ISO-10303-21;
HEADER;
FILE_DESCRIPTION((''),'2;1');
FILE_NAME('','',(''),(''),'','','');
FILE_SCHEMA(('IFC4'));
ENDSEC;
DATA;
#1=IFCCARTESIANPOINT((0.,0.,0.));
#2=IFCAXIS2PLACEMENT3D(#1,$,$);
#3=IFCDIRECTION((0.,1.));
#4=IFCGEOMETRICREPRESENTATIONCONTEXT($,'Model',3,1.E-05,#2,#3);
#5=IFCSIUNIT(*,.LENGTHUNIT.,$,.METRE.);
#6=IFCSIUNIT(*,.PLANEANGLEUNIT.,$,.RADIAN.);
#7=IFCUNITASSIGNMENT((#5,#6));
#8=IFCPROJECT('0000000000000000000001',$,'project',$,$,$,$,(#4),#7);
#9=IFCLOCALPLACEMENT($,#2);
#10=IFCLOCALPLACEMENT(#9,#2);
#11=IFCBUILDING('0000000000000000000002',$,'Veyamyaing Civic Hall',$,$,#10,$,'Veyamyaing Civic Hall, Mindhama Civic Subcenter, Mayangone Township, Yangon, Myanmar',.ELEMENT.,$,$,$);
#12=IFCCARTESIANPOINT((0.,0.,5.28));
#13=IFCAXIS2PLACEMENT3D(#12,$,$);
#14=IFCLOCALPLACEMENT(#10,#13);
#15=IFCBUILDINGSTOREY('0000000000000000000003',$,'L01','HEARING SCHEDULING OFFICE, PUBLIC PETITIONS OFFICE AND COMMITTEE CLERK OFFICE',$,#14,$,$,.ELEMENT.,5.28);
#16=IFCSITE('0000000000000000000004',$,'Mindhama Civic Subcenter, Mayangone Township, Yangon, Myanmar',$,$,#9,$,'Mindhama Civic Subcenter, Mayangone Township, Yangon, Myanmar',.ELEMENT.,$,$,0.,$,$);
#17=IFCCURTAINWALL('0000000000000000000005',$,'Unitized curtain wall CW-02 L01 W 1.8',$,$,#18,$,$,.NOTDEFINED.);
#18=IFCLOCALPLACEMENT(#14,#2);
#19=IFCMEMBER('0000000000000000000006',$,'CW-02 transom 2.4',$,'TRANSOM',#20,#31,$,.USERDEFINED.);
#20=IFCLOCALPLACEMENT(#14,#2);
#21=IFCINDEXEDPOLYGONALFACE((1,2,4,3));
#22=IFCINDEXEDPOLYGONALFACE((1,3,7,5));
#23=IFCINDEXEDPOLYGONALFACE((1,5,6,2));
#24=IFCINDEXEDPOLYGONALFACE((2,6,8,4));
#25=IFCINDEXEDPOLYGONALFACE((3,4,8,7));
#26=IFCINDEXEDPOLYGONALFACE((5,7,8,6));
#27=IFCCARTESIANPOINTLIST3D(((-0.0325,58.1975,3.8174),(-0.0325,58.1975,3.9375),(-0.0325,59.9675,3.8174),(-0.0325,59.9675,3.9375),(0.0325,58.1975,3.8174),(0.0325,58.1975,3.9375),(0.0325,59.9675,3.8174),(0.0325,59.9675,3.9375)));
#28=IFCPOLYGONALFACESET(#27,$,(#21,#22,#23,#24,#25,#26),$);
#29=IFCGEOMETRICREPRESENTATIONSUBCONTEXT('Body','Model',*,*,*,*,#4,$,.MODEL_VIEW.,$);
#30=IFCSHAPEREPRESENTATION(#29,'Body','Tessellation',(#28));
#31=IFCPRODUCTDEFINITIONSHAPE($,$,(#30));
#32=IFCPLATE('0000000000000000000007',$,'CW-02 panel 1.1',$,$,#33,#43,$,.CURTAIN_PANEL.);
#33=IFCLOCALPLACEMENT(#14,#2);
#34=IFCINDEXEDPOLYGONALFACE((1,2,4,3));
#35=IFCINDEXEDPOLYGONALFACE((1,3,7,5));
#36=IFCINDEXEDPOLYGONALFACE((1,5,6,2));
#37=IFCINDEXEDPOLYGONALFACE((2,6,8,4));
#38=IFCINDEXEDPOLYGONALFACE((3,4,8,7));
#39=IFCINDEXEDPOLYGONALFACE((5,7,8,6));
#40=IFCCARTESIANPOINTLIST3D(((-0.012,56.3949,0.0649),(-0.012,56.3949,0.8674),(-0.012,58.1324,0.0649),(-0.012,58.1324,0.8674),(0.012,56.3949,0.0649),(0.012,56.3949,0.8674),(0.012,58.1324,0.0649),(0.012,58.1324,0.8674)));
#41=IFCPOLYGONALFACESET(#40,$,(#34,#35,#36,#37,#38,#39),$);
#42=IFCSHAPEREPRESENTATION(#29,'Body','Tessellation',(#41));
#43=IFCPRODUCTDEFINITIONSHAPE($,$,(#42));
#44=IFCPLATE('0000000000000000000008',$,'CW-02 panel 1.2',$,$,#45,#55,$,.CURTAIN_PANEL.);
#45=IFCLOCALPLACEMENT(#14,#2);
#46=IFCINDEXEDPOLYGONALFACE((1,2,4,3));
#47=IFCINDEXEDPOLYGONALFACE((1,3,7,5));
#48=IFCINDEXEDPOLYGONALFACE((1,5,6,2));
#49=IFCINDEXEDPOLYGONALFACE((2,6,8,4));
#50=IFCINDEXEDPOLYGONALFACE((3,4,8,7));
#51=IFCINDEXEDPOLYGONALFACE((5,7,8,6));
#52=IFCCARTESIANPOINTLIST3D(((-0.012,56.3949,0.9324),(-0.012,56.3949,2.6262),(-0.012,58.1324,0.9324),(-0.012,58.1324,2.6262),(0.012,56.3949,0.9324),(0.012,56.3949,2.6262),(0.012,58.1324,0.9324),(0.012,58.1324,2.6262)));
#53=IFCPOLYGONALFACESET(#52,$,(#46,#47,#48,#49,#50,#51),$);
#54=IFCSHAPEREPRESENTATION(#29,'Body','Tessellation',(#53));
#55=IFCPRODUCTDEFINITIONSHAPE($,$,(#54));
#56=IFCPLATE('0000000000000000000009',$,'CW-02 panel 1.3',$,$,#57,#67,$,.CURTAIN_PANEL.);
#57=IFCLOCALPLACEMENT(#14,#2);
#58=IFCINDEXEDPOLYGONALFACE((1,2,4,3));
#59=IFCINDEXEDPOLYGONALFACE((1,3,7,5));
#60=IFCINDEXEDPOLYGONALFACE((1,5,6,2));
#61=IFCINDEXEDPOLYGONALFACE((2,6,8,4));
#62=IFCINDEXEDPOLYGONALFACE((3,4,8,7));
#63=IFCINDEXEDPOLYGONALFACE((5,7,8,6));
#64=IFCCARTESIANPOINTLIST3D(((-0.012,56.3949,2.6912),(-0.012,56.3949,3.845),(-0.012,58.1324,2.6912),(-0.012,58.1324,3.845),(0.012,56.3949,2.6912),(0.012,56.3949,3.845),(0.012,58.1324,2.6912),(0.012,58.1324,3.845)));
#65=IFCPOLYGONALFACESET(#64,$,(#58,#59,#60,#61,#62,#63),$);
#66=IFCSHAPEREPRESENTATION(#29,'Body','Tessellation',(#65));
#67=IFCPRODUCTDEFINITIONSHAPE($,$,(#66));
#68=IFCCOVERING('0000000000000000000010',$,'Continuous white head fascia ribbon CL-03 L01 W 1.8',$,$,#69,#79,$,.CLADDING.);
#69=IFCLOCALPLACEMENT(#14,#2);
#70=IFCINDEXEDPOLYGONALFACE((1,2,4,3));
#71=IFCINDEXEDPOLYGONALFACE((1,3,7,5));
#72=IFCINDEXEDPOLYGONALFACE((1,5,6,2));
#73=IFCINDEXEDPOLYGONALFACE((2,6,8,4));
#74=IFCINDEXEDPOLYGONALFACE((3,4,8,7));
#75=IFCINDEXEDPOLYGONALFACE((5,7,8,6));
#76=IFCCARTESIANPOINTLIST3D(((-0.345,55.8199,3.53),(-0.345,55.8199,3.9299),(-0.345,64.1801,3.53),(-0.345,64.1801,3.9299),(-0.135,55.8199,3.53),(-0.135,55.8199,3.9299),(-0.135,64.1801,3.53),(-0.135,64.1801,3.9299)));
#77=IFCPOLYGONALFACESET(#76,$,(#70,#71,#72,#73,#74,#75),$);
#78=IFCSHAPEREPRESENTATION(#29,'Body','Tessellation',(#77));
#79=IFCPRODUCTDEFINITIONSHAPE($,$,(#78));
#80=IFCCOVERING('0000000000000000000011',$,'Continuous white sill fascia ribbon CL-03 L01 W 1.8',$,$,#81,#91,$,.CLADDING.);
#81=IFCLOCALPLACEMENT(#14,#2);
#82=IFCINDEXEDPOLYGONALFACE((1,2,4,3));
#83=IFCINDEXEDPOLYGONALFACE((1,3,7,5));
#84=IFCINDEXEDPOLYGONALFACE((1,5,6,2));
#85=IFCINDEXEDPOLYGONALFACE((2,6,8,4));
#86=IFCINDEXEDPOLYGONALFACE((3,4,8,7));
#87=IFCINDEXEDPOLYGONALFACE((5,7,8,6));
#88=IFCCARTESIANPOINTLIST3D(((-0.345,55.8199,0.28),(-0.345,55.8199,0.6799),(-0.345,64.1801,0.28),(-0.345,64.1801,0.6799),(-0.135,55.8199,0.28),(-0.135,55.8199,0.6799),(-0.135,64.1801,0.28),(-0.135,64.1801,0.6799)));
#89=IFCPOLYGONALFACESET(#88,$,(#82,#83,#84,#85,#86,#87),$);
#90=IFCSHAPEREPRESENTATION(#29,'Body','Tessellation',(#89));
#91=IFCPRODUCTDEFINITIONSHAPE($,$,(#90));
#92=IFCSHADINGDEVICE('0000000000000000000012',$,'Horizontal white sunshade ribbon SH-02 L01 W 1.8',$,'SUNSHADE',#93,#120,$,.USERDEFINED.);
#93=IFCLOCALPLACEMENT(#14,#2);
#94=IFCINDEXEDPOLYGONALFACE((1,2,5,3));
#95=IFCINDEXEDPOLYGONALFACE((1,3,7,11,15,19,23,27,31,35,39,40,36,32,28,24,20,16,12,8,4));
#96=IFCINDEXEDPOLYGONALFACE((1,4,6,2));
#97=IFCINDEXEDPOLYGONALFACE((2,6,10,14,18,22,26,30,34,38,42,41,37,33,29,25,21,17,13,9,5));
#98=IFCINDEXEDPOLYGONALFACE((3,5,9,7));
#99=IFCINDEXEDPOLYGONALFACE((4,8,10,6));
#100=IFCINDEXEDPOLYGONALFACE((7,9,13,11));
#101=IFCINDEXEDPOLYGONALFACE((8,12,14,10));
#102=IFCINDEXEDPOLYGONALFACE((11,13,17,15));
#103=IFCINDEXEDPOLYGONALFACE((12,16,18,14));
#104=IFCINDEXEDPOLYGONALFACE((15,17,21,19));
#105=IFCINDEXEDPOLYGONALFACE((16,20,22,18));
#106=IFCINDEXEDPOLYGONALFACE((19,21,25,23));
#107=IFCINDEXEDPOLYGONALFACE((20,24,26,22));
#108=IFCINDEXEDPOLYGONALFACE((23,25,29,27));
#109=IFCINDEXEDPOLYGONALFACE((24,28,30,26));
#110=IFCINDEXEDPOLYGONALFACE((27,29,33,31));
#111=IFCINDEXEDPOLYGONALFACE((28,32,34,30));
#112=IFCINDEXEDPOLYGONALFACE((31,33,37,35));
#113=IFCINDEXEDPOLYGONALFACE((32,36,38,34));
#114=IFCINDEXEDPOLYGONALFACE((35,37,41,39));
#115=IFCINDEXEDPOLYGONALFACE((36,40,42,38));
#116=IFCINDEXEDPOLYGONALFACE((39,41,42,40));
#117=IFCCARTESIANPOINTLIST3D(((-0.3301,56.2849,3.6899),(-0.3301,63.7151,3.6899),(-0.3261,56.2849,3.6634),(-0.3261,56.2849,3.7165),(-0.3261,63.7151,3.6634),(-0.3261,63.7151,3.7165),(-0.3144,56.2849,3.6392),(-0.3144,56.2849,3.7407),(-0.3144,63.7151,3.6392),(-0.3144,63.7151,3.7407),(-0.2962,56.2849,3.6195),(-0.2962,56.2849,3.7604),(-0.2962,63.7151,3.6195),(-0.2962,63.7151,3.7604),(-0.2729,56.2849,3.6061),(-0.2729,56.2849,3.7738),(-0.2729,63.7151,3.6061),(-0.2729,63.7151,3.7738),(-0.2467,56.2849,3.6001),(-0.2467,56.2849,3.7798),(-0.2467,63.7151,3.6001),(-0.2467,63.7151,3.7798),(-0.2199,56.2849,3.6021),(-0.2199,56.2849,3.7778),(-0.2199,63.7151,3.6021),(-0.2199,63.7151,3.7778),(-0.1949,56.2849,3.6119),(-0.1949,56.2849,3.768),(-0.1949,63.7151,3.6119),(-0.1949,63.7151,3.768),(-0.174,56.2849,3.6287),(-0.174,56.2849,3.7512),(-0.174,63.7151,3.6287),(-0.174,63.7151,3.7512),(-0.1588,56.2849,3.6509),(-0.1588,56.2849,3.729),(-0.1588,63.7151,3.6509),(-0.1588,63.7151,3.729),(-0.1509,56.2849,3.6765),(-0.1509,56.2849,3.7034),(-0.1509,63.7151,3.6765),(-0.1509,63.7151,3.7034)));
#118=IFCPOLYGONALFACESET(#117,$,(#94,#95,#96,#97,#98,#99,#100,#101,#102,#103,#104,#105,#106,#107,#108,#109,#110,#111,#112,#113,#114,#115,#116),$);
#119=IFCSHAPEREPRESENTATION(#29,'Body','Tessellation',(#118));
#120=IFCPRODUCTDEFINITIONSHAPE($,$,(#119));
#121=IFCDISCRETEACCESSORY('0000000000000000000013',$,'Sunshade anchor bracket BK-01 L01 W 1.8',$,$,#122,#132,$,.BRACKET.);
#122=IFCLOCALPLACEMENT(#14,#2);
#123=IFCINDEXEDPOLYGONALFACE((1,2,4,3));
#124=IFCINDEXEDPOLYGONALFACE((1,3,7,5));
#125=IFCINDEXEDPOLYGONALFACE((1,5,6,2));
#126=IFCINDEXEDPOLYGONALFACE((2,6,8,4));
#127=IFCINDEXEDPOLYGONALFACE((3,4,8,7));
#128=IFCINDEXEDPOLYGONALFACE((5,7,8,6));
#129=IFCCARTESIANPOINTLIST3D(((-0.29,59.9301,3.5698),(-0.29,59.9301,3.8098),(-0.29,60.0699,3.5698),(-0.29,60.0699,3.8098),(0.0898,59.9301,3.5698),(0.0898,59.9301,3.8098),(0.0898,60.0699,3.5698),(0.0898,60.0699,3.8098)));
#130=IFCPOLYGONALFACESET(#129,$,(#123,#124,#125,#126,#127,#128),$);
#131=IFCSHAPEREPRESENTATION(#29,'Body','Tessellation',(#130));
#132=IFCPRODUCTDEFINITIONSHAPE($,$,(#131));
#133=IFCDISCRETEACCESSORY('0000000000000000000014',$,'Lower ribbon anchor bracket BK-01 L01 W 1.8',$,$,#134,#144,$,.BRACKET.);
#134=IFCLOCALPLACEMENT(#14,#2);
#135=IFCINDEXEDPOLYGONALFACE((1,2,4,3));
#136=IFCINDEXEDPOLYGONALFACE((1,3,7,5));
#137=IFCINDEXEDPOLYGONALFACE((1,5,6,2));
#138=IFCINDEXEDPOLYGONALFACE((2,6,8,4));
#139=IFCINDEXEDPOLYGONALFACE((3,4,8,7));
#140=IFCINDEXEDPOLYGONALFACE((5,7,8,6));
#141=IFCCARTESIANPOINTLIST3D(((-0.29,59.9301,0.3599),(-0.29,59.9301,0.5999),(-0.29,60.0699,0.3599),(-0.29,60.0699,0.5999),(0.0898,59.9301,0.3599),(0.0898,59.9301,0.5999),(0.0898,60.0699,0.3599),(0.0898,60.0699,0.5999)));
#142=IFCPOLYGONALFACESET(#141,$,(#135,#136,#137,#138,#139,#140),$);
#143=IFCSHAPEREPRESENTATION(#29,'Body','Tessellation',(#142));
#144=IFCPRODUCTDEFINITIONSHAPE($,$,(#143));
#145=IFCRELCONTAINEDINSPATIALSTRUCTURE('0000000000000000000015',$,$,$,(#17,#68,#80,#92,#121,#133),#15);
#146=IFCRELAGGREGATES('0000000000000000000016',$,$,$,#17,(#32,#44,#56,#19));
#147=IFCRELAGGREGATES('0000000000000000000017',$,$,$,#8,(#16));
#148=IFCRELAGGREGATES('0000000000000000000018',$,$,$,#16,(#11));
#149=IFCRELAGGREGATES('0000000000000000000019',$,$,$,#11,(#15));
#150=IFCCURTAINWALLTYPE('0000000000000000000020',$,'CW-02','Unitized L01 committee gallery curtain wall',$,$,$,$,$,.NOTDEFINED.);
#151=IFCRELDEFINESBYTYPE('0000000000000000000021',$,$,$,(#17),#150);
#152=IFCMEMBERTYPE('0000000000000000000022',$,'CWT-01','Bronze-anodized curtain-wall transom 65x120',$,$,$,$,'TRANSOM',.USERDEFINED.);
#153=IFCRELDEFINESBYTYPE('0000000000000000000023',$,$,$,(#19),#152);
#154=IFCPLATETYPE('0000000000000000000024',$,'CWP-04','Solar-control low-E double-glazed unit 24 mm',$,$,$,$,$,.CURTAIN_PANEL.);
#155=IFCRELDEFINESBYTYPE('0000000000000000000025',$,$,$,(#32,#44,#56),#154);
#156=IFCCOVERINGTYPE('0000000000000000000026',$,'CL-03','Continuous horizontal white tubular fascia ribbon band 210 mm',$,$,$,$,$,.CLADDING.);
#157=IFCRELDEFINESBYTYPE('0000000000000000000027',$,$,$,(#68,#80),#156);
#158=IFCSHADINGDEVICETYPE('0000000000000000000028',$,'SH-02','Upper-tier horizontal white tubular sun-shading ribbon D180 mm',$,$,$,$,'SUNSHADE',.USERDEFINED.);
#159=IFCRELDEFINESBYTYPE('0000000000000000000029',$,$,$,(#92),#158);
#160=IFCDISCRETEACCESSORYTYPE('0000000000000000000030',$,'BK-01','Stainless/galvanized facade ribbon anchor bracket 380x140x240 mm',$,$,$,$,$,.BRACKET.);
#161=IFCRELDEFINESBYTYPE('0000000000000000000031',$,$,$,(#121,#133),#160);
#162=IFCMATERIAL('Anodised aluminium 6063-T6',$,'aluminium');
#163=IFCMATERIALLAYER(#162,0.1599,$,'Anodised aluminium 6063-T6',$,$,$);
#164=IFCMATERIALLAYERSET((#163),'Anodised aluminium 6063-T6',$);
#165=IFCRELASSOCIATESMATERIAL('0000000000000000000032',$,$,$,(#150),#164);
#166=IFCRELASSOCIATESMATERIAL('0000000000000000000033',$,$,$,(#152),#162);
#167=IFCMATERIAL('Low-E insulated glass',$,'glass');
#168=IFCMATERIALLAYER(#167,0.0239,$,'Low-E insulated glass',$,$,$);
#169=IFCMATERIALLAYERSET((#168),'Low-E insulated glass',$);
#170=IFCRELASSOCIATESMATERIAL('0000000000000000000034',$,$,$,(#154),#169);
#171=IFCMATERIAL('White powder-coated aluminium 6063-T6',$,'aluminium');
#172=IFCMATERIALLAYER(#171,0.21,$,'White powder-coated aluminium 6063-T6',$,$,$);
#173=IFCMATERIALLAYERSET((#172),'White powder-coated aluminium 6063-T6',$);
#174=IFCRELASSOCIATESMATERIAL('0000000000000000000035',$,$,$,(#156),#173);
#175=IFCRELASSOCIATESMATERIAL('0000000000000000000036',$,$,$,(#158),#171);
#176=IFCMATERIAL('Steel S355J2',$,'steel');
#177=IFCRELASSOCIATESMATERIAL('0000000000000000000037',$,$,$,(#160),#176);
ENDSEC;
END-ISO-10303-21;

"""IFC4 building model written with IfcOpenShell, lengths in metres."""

from ifc_helpers import new_model, si_unit, direction, frame, origin, origin_2d, place, context, subcontext, project, spatial, rectangle, circle, extrude, material, layer, layer_set, material_profile, profile_set, type_object, element, aggregate, save


model = new_model("IFC4")

# Units and contexts
model_context = context("Model", 3, precision=1e-05, world=origin(), true_north=direction((0.0, 1.0)))
body_context = subcontext(model_context, "Body", "Model", "MODEL_VIEW")
ifc_project = project(units=[si_unit("LENGTHUNIT", "METRE"), si_unit("PLANEANGLEUNIT", "RADIAN")], contexts=[model_context])

# Site, building, storey
site_placement = place(None, origin())
site = spatial("IfcSite", under=ifc_project, at=site_placement, Name="Mindhama Civic Subcenter, Mayangone Township, Yangon, Myanmar", LongName="Mindhama Civic Subcenter, Mayangone Township, Yangon, Myanmar", CompositionType="ELEMENT", RefElevation=0.0)
building_placement = place(site_placement, origin())
building = spatial("IfcBuilding", under=site, at=building_placement, Name="Veyamyaing Civic Hall", LongName="Veyamyaing Civic Hall, Mindhama Civic Subcenter, Mayangone Township, Yangon, Myanmar", CompositionType="ELEMENT")
storey_placement = place(building_placement, frame((0.0, 0.0, 5.28)))
storey = spatial("IfcBuildingStorey", under=building, at=storey_placement, Name="L01", Description="HEARING SCHEDULING OFFICE, PUBLIC PETITIONS OFFICE AND COMMITTEE CLERK OFFICE", CompositionType="ELEMENT", Elevation=5.28)

# Curtain wall, member, plates
ifc_material_1 = material(Name="Anodised aluminium 6063-T6", Category="aluminium")
ifc_layer_1 = layer(ifc_material_1, 0.1599, Name="Anodised aluminium 6063-T6")
ifc_layer_set_1 = layer_set([ifc_layer_1], Name="Anodised aluminium 6063-T6")
curtain_wall_type = type_object("IfcCurtainWallType", Name="CW-02", Description="Unitized L01 committee gallery curtain wall", PredefinedType="NOTDEFINED", material=ifc_layer_set_1)
curtain_wall_placement = place(storey_placement, origin())
curtain_wall = element("IfcCurtainWall", 1, at=curtain_wall_placement, inside=storey, type_object=curtain_wall_type, Name="Unitized curtain wall CW-02 L01 W 1.8", PredefinedType="NOTDEFINED")
ifc_material_profile_1 = material_profile(ifc_material_1, rectangle(XDim=0.0649, YDim=0.1201, at=origin_2d()), Name="ALU-TRN-65X120")
ifc_profile_set_1 = profile_set([ifc_material_profile_1], Name="Anodised aluminium 6063-T6")
member_type_1 = type_object("IfcMemberType", Name="CWT-01", Description="Bronze-anodized curtain-wall transom 65x120", ElementType="TRANSOM", PredefinedType="USERDEFINED", material=ifc_profile_set_1)
member_1_placement = place(storey_placement, frame((0.0, 58.1975, 3.8774), z_axis=(0.0, 1.0, 0.0), x_axis=(-1.0, 0.0, 0.0)))
member_1 = element("IfcMember", 2, at=member_1_placement, type_object=member_type_1, Name="CW-02 transom 2.4", ObjectType="TRANSOM", PredefinedType="USERDEFINED", context=body_context, shape_type="SweptSolid", body=[
    extrude(rectangle(XDim=0.0649, YDim=0.1201, at=origin_2d()), origin(), (0.0, 0.0, 1.0), 1.77),
])
ifc_material_2 = material(Name="Low-E insulated glass", Category="glass")
ifc_layer_2 = layer(ifc_material_2, 0.0239, Name="Low-E insulated glass")
ifc_layer_set_2 = layer_set([ifc_layer_2], Name="Low-E insulated glass")
plate_type = type_object("IfcPlateType", Name="CWP-04", Description="Solar-control low-E double-glazed unit 24 mm", PredefinedType="CURTAIN_PANEL", material=ifc_layer_set_2)
plate_1_placement = place(storey_placement, frame((0.0, 57.2637, 0.0649), z_axis=(0.0, 0.0, 1.0), x_axis=(0.0, 1.0, 0.0)))
plate_1 = element("IfcPlate", 3, at=plate_1_placement, type_object=plate_type, Name="CW-02 panel 1.1", PredefinedType="CURTAIN_PANEL", context=body_context, shape_type="SweptSolid", body=[
    extrude(rectangle(XDim=1.7375, YDim=0.0239, at=origin_2d()), origin(), (0.0, 0.0, 1.0), 0.8025),
])
plate_2_placement = place(storey_placement, frame((0.0, 57.2637, 0.9324), z_axis=(0.0, 0.0, 1.0), x_axis=(0.0, 1.0, 0.0)))
plate_2 = element("IfcPlate", 4, at=plate_2_placement, type_object=plate_type, Name="CW-02 panel 1.2", PredefinedType="CURTAIN_PANEL", context=body_context, shape_type="SweptSolid", body=[
    extrude(rectangle(XDim=1.7375, YDim=0.0239, at=origin_2d()), origin(), (0.0, 0.0, 1.0), 1.6938),
])
plate_3_placement = place(storey_placement, frame((0.0, 57.2637, 2.6912), z_axis=(0.0, 0.0, 1.0), x_axis=(0.0, 1.0, 0.0)))
plate_3 = element("IfcPlate", 5, at=plate_3_placement, type_object=plate_type, Name="CW-02 panel 1.3", PredefinedType="CURTAIN_PANEL", context=body_context, shape_type="SweptSolid", body=[
    extrude(rectangle(XDim=1.7375, YDim=0.0239, at=origin_2d()), origin(), (0.0, 0.0, 1.0), 1.1538),
])
aggregate(curtain_wall, [plate_1, plate_2, plate_3, member_1])

# Coverings
ifc_material_3 = material(Name="White powder-coated aluminium 6063-T6", Category="aluminium")
ifc_layer_3 = layer(ifc_material_3, 0.21, Name="White powder-coated aluminium 6063-T6")
ifc_layer_set_3 = layer_set([ifc_layer_3], Name="White powder-coated aluminium 6063-T6")
covering_type = type_object("IfcCoveringType", Name="CL-03", Description="Continuous horizontal white tubular fascia ribbon band 210 mm", PredefinedType="CLADDING", material=ifc_layer_set_3)
for number, where, z_axis, x_axis, name in (
    (6, (-0.24, 60.0, 3.53), (0.0, 0.0, 1.0), (0.0, 1.0, 0.0), "Continuous white head fascia ribbon CL-03 L01 W 1.8"),
    (7, (-0.24, 60.0, 0.28), (0.0, 0.0, 1.0), (0.0, 1.0, 0.0), "Continuous white sill fascia ribbon CL-03 L01 W 1.8"),
):
    element("IfcCovering", number, at=place(storey_placement, frame(where, z_axis=z_axis, x_axis=x_axis)), inside=storey, type_object=covering_type, Name=name, PredefinedType="CLADDING", context=body_context, shape_type="SweptSolid", body=[
        extrude(rectangle(XDim=8.3601, YDim=0.21, at=origin_2d()), origin(), (0.0, 0.0, 1.0), 0.3999),
    ])

# Shading device
ifc_material_profile_2 = material_profile(ifc_material_3, circle(Radius=0.0901, at=origin_2d()), Name="SHADE-TUBE-180")
ifc_profile_set_2 = profile_set([ifc_material_profile_2], Name="White powder-coated aluminium 6063-T6")
shading_device_type = type_object("IfcShadingDeviceType", Name="SH-02", Description="Upper-tier horizontal white tubular sun-shading ribbon D180 mm", ElementType="SUNSHADE", PredefinedType="USERDEFINED", material=ifc_profile_set_2)
shading_device_placement = place(storey_placement, frame((-0.24, 56.2849, 3.6899), z_axis=(0.0, 1.0, 0.0), x_axis=(-1.0, 0.0, 0.0)))
element("IfcShadingDevice", 8, at=shading_device_placement, inside=storey, type_object=shading_device_type, Name="Horizontal white sunshade ribbon SH-02 L01 W 1.8", ObjectType="SUNSHADE", PredefinedType="USERDEFINED", context=body_context, shape_type="SweptSolid", body=[
    extrude(circle(Radius=0.0901, at=origin_2d()), origin(), (0.0, 0.0, 1.0), 7.4302),
])

# Discrete accessories
ifc_material_4 = material(Name="Steel S355J2", Category="steel")
discrete_accessory_type = type_object("IfcDiscreteAccessoryType", Name="BK-01", Description="Stainless/galvanized facade ribbon anchor bracket 380x140x240 mm", PredefinedType="BRACKET", material=ifc_material_4)
for number, where, z_axis, x_axis, name in (
    (9, (-0.1001, 60.0, 3.5698), (0.0, 0.0, 1.0), (-1.0, 0.0, 0.0), "Sunshade anchor bracket BK-01 L01 W 1.8"),
    (10, (-0.1001, 60.0, 0.3599), (0.0, 0.0, 1.0), (-1.0, 0.0, 0.0), "Lower ribbon anchor bracket BK-01 L01 W 1.8"),
):
    element("IfcDiscreteAccessory", number, at=place(storey_placement, frame(where, z_axis=z_axis, x_axis=x_axis)), inside=storey, type_object=discrete_accessory_type, Name=name, PredefinedType="BRACKET", context=body_context, shape_type="SweptSolid", body=[
        extrude(rectangle(XDim=0.3799, YDim=0.1399, at=origin_2d()), origin(), (0.0, 0.0, 1.0), 0.24),
    ])

save(model, "model.ifc")
